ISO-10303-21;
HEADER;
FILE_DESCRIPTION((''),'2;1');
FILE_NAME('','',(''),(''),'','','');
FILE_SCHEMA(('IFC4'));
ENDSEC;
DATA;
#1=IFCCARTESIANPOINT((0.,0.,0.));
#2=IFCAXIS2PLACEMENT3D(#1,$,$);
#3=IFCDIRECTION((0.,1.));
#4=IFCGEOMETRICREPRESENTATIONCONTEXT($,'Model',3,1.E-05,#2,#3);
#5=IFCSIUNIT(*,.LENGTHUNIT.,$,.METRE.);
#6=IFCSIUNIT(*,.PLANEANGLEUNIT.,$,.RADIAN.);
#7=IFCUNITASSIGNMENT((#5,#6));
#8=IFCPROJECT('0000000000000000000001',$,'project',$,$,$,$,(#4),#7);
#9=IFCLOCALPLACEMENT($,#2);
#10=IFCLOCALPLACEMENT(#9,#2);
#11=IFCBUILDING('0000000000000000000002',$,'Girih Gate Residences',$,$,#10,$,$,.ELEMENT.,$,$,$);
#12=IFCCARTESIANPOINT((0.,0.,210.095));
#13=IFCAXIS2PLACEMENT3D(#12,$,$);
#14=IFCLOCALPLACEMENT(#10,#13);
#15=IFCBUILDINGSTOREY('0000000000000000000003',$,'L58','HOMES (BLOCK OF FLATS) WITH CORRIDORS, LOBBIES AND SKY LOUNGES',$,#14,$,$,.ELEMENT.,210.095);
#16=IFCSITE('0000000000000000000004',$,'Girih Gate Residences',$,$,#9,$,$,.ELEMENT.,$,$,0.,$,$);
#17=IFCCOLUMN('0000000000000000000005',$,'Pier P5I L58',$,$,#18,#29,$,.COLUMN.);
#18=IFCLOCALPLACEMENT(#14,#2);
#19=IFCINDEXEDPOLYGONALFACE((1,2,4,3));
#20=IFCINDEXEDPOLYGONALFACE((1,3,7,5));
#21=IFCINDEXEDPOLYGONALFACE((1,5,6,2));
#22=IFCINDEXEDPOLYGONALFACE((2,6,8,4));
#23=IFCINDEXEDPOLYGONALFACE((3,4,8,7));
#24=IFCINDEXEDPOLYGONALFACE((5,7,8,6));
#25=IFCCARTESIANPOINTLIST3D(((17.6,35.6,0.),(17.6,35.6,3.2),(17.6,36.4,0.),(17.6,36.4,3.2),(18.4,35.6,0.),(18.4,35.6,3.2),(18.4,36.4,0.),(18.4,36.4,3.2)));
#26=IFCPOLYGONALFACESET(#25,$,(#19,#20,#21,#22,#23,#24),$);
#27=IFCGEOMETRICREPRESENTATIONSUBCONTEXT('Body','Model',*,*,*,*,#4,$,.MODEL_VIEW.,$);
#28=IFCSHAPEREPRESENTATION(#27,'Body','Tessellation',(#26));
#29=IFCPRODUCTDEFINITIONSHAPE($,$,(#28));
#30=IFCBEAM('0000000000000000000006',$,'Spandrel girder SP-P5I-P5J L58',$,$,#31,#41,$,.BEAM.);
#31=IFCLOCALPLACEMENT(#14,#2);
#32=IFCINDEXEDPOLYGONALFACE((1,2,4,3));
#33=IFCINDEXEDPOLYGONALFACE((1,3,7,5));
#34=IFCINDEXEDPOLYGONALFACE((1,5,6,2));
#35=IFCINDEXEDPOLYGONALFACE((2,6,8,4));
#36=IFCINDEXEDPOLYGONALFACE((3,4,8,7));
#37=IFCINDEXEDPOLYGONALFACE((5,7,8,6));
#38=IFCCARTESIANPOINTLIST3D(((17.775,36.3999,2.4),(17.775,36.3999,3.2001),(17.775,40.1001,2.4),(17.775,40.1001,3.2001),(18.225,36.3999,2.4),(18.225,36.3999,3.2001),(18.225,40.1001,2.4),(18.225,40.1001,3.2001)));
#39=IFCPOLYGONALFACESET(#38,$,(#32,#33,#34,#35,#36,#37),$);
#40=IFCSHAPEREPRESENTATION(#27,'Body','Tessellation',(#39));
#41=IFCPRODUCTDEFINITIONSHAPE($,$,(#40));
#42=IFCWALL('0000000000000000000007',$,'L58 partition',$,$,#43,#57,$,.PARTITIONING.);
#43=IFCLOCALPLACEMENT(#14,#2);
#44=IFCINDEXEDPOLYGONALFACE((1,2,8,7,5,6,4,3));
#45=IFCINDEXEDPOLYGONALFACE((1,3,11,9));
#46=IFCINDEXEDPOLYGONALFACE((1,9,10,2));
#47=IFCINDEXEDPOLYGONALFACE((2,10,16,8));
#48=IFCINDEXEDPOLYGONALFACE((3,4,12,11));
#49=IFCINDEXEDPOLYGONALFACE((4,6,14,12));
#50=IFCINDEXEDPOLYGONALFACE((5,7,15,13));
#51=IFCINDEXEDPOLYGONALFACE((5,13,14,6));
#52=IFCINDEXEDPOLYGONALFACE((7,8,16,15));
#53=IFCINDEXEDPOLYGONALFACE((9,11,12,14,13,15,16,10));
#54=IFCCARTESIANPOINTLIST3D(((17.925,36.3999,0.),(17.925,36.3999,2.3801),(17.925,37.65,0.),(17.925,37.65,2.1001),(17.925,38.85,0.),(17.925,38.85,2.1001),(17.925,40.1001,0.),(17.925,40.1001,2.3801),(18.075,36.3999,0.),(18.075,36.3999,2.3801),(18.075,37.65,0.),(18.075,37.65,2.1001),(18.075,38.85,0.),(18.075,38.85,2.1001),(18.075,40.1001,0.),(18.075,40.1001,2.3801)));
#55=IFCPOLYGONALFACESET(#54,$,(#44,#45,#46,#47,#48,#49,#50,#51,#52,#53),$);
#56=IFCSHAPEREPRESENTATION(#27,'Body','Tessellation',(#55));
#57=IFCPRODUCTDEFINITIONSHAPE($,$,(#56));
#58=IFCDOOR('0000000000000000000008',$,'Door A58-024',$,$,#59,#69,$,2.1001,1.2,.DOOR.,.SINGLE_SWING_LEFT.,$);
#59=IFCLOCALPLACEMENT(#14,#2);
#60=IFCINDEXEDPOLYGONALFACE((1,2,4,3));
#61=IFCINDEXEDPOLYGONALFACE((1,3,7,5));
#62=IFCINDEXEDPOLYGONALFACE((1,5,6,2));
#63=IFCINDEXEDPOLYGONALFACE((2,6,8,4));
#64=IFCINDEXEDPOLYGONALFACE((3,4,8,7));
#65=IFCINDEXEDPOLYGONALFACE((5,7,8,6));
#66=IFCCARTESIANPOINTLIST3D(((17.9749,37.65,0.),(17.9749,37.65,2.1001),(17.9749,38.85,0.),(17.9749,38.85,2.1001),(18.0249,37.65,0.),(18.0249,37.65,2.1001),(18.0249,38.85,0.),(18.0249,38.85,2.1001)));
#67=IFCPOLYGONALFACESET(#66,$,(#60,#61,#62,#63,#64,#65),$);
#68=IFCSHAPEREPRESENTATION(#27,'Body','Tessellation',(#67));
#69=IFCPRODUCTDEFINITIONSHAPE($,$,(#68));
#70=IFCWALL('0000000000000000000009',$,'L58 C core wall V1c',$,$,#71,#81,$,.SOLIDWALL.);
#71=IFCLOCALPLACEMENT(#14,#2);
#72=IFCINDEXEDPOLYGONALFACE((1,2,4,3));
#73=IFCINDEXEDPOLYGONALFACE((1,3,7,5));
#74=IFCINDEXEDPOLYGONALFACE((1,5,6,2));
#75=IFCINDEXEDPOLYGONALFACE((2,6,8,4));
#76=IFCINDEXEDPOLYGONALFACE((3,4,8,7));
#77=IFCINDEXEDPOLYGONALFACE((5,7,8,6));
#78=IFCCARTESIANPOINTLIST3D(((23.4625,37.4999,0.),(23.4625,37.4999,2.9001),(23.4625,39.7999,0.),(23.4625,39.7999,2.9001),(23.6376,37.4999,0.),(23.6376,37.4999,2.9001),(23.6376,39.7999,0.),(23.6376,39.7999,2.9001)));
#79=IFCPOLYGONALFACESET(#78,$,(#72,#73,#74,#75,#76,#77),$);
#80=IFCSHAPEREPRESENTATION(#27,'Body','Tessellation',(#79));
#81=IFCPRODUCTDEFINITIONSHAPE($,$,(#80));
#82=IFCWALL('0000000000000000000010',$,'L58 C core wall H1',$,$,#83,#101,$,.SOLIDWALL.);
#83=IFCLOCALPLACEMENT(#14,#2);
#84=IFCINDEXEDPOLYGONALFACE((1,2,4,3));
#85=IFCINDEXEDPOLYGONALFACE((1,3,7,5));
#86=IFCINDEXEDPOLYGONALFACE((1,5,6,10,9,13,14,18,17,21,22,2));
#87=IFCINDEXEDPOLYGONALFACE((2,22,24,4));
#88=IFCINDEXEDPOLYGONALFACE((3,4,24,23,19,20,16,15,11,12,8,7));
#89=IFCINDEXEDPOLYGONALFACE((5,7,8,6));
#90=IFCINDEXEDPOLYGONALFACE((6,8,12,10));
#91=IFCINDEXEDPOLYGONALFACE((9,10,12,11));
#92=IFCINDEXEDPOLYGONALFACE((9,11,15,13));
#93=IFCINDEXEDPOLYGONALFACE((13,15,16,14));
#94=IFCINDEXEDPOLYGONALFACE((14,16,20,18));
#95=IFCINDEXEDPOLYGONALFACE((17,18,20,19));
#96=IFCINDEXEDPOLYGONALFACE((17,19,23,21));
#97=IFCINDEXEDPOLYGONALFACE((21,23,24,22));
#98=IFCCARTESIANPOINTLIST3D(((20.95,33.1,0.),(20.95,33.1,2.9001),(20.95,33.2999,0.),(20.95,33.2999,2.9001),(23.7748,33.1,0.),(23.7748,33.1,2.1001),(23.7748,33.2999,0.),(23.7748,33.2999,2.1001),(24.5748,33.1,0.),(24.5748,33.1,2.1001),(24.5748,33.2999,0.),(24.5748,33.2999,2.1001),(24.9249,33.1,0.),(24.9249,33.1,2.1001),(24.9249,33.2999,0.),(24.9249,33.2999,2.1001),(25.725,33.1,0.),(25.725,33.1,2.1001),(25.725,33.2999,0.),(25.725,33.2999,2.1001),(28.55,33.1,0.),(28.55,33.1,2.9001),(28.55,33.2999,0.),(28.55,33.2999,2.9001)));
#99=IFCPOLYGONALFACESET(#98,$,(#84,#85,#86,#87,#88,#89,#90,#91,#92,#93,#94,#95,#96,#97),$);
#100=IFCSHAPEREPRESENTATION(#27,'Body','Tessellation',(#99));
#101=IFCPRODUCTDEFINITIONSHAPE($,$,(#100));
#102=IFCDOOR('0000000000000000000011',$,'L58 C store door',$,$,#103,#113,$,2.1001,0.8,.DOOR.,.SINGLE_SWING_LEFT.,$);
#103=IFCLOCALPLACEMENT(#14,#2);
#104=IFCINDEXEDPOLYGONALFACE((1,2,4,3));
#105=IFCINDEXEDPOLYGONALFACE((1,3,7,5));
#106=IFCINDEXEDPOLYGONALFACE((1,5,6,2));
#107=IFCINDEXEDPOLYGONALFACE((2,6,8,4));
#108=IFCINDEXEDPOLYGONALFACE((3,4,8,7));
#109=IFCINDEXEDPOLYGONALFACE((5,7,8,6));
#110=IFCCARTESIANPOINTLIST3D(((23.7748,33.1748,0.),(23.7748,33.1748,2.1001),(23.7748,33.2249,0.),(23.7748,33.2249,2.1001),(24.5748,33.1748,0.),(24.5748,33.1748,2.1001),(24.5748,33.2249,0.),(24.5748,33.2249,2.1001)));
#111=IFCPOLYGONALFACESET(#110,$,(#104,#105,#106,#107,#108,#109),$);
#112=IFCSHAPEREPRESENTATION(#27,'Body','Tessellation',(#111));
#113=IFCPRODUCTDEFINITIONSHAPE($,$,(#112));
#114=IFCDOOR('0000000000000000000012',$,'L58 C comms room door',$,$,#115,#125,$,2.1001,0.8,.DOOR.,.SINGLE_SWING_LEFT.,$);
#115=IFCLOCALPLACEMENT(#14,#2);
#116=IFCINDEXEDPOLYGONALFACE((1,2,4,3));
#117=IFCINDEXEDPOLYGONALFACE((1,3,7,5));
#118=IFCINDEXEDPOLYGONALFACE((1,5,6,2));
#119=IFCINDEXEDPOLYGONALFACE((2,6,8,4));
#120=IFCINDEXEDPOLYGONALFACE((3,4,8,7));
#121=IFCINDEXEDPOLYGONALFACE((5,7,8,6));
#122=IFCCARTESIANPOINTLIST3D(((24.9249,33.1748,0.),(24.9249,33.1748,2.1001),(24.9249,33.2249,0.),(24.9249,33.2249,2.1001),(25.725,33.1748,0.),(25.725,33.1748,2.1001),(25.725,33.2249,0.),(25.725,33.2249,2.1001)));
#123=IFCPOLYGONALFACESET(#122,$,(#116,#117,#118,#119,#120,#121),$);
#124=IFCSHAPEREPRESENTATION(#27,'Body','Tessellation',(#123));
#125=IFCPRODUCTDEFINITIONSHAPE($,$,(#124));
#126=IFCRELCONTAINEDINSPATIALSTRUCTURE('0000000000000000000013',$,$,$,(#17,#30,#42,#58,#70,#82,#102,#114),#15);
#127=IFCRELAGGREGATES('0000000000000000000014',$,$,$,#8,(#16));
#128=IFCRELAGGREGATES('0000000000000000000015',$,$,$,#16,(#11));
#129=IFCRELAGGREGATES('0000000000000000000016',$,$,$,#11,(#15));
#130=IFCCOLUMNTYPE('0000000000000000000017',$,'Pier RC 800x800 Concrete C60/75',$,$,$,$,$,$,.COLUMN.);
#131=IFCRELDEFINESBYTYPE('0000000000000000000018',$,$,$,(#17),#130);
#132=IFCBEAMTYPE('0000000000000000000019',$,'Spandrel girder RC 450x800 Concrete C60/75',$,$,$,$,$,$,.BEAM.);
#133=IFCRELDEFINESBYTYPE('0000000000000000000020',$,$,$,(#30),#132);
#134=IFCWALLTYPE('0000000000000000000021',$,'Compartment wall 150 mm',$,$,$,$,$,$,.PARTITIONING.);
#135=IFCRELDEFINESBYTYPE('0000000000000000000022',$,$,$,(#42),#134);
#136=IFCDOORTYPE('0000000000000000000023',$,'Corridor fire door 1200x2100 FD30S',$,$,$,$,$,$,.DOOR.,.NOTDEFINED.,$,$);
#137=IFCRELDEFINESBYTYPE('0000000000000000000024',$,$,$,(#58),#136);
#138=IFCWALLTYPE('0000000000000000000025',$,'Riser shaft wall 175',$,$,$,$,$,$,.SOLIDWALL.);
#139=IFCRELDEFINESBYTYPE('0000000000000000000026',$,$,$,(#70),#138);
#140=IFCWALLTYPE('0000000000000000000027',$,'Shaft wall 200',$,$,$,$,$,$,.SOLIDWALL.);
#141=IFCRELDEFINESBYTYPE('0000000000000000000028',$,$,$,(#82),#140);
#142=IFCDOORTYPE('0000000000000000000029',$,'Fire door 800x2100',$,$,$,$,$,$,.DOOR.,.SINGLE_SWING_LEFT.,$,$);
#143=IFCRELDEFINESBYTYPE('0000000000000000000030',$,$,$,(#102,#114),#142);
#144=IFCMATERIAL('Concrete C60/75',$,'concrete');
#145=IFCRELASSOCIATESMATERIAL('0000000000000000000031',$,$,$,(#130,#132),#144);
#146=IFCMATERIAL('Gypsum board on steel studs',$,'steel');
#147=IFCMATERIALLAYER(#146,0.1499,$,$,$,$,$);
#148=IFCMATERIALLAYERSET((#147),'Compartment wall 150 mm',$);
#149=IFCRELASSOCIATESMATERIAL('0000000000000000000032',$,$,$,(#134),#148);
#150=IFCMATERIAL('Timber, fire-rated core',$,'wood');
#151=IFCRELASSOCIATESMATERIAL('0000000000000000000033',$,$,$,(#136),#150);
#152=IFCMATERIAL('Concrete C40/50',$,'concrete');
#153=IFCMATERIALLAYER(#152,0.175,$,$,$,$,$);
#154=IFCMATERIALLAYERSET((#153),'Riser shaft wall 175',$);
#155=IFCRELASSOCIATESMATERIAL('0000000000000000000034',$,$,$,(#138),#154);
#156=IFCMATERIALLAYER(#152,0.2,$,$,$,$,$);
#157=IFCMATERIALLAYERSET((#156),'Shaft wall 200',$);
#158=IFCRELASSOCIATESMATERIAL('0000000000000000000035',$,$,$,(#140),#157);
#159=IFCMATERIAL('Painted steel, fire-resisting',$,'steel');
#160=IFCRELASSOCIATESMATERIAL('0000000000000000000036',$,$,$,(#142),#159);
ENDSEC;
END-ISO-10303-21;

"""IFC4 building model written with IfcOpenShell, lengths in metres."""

from ifc_helpers import new_model, si_unit, direction, frame, frame_2d, origin, origin_2d, place, context, subcontext, project, spatial, rectangle, extrude, material, layer, layer_set, material_profile, profile_set, type_object, element, fill, save


model = new_model("IFC4")

# Units and contexts
model_context = context("Model", 3, precision=1e-05, world=origin(), true_north=direction((0.0, 1.0)))
body_context = subcontext(model_context, "Body", "Model", "MODEL_VIEW")
ifc_project = project(units=[si_unit("LENGTHUNIT", "METRE"), si_unit("PLANEANGLEUNIT", "RADIAN")], contexts=[model_context])

# Site, building, storey
site_placement = place(None, origin())
site = spatial("IfcSite", under=ifc_project, at=site_placement, Name="Girih Gate Residences", CompositionType="ELEMENT", RefElevation=0.0)
building_placement = place(site_placement, origin())
building = spatial("IfcBuilding", under=site, at=building_placement, Name="Girih Gate Residences", CompositionType="ELEMENT")
storey_placement = place(building_placement, frame((0.0, 0.0, 210.095)))
storey = spatial("IfcBuildingStorey", under=building, at=storey_placement, Name="L58", Description="HOMES (BLOCK OF FLATS) WITH CORRIDORS, LOBBIES AND SKY LOUNGES", CompositionType="ELEMENT", Elevation=210.095)

# Column
ifc_material_1 = material(Name="Concrete C60/75", Category="concrete")
ifc_material_profile_1 = material_profile(ifc_material_1, rectangle(XDim=0.8, YDim=0.8, at=origin_2d()))
ifc_profile_set_1 = profile_set([ifc_material_profile_1], Name="Concrete C60/75")
column_type = type_object("IfcColumnType", Name="Pier RC 800x800 Concrete C60/75", PredefinedType="COLUMN", material=ifc_profile_set_1)
column_placement = place(storey_placement, frame((18.0, 36.0, 0.0), z_axis=(0.0, 0.0, 1.0), x_axis=(1.0, 0.0, 0.0)))
element("IfcColumn", 1, at=column_placement, inside=storey, type_object=column_type, Name="Pier P5I L58", PredefinedType="COLUMN", context=body_context, shape_type="SweptSolid", body=[
    extrude(rectangle(XDim=0.8, YDim=0.8, at=origin_2d()), origin(), (0.0, 0.0, 1.0), 3.2),
])

# Beam
ifc_material_profile_2 = material_profile(ifc_material_1, rectangle(XDim=0.45, YDim=0.8, at=origin_2d()))
ifc_profile_set_2 = profile_set([ifc_material_profile_2], Name="Concrete C60/75")
beam_type = type_object("IfcBeamType", Name="Spandrel girder RC 450x800 Concrete C60/75", PredefinedType="BEAM", material=ifc_profile_set_2)
beam_placement = place(storey_placement, frame((18.0, 36.3999, 2.8), z_axis=(0.0, 1.0, 0.0), x_axis=(-1.0, 0.0, 0.0)))
element("IfcBeam", 2, at=beam_placement, inside=storey, type_object=beam_type, Name="Spandrel girder SP-P5I-P5J L58", PredefinedType="BEAM", context=body_context, shape_type="SweptSolid", body=[
    extrude(rectangle(XDim=0.45, YDim=0.8, at=origin_2d()), origin(), (0.0, 0.0, 1.0), 3.7002),
])

# Wall, opening, door
ifc_material_2 = material(Name="Gypsum board on steel studs", Category="steel")
ifc_layer_1 = layer(ifc_material_2, 0.1499)
ifc_layer_set_1 = layer_set([ifc_layer_1], Name="Compartment wall 150 mm")
wall_type_1 = type_object("IfcWallType", Name="Compartment wall 150 mm", PredefinedType="PARTITIONING", material=ifc_layer_set_1)
wall_1_placement = place(storey_placement, frame((18.0, 40.1001, 0.0), z_axis=(0.0, 0.0, 1.0), x_axis=(0.0, -1.0, 0.0)))
wall_1 = element("IfcWall", 3, at=wall_1_placement, inside=storey, type_object=wall_type_1, Name="L58 partition", PredefinedType="PARTITIONING", context=body_context, shape_type="SweptSolid", body=[
    extrude(rectangle(XDim=3.7002, YDim=0.1499, at=frame_2d((1.8501, 0.0))), origin(), (0.0, 0.0, 1.0), 2.3801),
])
opening_1_placement = place(wall_1_placement, frame((1.25, 0.0, 0.0)))
opening_1 = element("IfcOpeningElement", 4, at=opening_1_placement, cuts=wall_1, PredefinedType="OPENING", context=body_context, shape_type="SweptSolid", body=[
    extrude(rectangle(XDim=1.2, YDim=2.1001, at=frame_2d((0.6001, 1.05))), frame((0.0, 0.085, 0.0), z_axis=(0.0, -1.0, 0.0), x_axis=(1.0, 0.0, 0.0)), (0.0, 0.0, 1.0), 0.1699),
])
ifc_material_3 = material(Name="Timber, fire-rated core", Category="wood")
door_type_1 = type_object("IfcDoorType", Name="Corridor fire door 1200x2100 FD30S", OperationType="NOTDEFINED", PredefinedType="DOOR", material=ifc_material_3)
door_1_placement = place(opening_1_placement, origin())
door_1 = element("IfcDoor", 5, at=door_1_placement, inside=storey, type_object=door_type_1, Name="Door A58-024", OperationType="SINGLE_SWING_LEFT", OverallHeight=2.1001, OverallWidth=1.2, PredefinedType="DOOR", context=body_context, shape_type="SweptSolid", body=[
    extrude(rectangle(XDim=1.2, YDim=2.1001, at=frame_2d((0.6001, 1.05))), frame((0.0, 0.0249, 0.0), z_axis=(0.0, -1.0, 0.0), x_axis=(1.0, 0.0, 0.0)), (0.0, 0.0, 1.0), 0.05),
])
fill(opening_1, door_1)

# Wall
ifc_material_4 = material(Name="Concrete C40/50", Category="concrete")
ifc_layer_2 = layer(ifc_material_4, 0.175)
ifc_layer_set_2 = layer_set([ifc_layer_2], Name="Riser shaft wall 175")
wall_type_2 = type_object("IfcWallType", Name="Riser shaft wall 175", PredefinedType="SOLIDWALL", material=ifc_layer_set_2)
wall_2_placement = place(storey_placement, frame((23.55, 37.5, 0.0), z_axis=(0.0, 0.0, 1.0), x_axis=(0.0, 1.0, 0.0)))
element("IfcWall", 6, at=wall_2_placement, inside=storey, type_object=wall_type_2, Name="L58 C core wall V1c", PredefinedType="SOLIDWALL", context=body_context, shape_type="SweptSolid", body=[
    extrude(rectangle(XDim=2.3, YDim=0.175, at=frame_2d((1.1499, 0.0))), origin(), (0.0, 0.0, 1.0), 2.9001),
])

# Wall, openings, doors
ifc_layer_3 = layer(ifc_material_4, 0.2)
ifc_layer_set_3 = layer_set([ifc_layer_3], Name="Shaft wall 200")
wall_type_3 = type_object("IfcWallType", Name="Shaft wall 200", PredefinedType="SOLIDWALL", material=ifc_layer_set_3)
wall_3_placement = place(storey_placement, frame((20.95, 33.2, 0.0), z_axis=(0.0, 0.0, 1.0), x_axis=(1.0, 0.0, 0.0)))
wall_3 = element("IfcWall", 7, at=wall_3_placement, inside=storey, type_object=wall_type_3, Name="L58 C core wall H1", PredefinedType="SOLIDWALL", context=body_context, shape_type="SweptSolid", body=[
    extrude(rectangle(XDim=7.6001, YDim=0.2, at=frame_2d((3.8, 0.0))), origin(), (0.0, 0.0, 1.0), 2.9001),
])
opening_2_placement = place(wall_3_placement, frame((2.825, 0.0, 0.0)))
opening_2 = element("IfcOpeningElement", 8, at=opening_2_placement, cuts=wall_3, PredefinedType="OPENING", context=body_context, shape_type="SweptSolid", body=[
    extrude(rectangle(XDim=0.8, YDim=2.1001, at=frame_2d((0.3999, 1.05))), frame((0.0, 0.1099, 0.0), z_axis=(0.0, -1.0, 0.0), x_axis=(1.0, 0.0, 0.0)), (0.0, 0.0, 1.0), 0.22),
])
opening_3_placement = place(wall_3_placement, frame((3.9751, 0.0, 0.0)))
opening_3 = element("IfcOpeningElement", 9, at=opening_3_placement, cuts=wall_3, PredefinedType="OPENING", context=body_context, shape_type="SweptSolid", body=[
    extrude(rectangle(XDim=0.8, YDim=2.1001, at=frame_2d((0.3999, 1.05))), frame((0.0, 0.1099, 0.0), z_axis=(0.0, -1.0, 0.0), x_axis=(1.0, 0.0, 0.0)), (0.0, 0.0, 1.0), 0.22),
])
ifc_material_5 = material(Name="Painted steel, fire-resisting", Category="steel")
door_type_2 = type_object("IfcDoorType", Name="Fire door 800x2100", OperationType="SINGLE_SWING_LEFT", PredefinedType="DOOR", material=ifc_material_5)
door_2_placement = place(opening_2_placement, origin())
door_2 = element("IfcDoor", 10, at=door_2_placement, inside=storey, type_object=door_type_2, Name="L58 C store door", OperationType="SINGLE_SWING_LEFT", OverallHeight=2.1001, OverallWidth=0.8, PredefinedType="DOOR", context=body_context, shape_type="SweptSolid", body=[
    extrude(rectangle(XDim=0.8, YDim=2.1001, at=frame_2d((0.3999, 1.05))), frame((0.0, 0.0249, 0.0), z_axis=(0.0, -1.0, 0.0), x_axis=(1.0, 0.0, 0.0)), (0.0, 0.0, 1.0), 0.05),
])
fill(opening_2, door_2)
door_3_placement = place(opening_3_placement, origin())
door_3 = element("IfcDoor", 11, at=door_3_placement, inside=storey, type_object=door_type_2, Name="L58 C comms room door", OperationType="SINGLE_SWING_LEFT", OverallHeight=2.1001, OverallWidth=0.8, PredefinedType="DOOR", context=body_context, shape_type="SweptSolid", body=[
    extrude(rectangle(XDim=0.8, YDim=2.1001, at=frame_2d((0.3999, 1.05))), frame((0.0, 0.0249, 0.0), z_axis=(0.0, -1.0, 0.0), x_axis=(1.0, 0.0, 0.0)), (0.0, 0.0, 1.0), 0.05),
])
fill(opening_3, door_3)

save(model, "model.ifc")
